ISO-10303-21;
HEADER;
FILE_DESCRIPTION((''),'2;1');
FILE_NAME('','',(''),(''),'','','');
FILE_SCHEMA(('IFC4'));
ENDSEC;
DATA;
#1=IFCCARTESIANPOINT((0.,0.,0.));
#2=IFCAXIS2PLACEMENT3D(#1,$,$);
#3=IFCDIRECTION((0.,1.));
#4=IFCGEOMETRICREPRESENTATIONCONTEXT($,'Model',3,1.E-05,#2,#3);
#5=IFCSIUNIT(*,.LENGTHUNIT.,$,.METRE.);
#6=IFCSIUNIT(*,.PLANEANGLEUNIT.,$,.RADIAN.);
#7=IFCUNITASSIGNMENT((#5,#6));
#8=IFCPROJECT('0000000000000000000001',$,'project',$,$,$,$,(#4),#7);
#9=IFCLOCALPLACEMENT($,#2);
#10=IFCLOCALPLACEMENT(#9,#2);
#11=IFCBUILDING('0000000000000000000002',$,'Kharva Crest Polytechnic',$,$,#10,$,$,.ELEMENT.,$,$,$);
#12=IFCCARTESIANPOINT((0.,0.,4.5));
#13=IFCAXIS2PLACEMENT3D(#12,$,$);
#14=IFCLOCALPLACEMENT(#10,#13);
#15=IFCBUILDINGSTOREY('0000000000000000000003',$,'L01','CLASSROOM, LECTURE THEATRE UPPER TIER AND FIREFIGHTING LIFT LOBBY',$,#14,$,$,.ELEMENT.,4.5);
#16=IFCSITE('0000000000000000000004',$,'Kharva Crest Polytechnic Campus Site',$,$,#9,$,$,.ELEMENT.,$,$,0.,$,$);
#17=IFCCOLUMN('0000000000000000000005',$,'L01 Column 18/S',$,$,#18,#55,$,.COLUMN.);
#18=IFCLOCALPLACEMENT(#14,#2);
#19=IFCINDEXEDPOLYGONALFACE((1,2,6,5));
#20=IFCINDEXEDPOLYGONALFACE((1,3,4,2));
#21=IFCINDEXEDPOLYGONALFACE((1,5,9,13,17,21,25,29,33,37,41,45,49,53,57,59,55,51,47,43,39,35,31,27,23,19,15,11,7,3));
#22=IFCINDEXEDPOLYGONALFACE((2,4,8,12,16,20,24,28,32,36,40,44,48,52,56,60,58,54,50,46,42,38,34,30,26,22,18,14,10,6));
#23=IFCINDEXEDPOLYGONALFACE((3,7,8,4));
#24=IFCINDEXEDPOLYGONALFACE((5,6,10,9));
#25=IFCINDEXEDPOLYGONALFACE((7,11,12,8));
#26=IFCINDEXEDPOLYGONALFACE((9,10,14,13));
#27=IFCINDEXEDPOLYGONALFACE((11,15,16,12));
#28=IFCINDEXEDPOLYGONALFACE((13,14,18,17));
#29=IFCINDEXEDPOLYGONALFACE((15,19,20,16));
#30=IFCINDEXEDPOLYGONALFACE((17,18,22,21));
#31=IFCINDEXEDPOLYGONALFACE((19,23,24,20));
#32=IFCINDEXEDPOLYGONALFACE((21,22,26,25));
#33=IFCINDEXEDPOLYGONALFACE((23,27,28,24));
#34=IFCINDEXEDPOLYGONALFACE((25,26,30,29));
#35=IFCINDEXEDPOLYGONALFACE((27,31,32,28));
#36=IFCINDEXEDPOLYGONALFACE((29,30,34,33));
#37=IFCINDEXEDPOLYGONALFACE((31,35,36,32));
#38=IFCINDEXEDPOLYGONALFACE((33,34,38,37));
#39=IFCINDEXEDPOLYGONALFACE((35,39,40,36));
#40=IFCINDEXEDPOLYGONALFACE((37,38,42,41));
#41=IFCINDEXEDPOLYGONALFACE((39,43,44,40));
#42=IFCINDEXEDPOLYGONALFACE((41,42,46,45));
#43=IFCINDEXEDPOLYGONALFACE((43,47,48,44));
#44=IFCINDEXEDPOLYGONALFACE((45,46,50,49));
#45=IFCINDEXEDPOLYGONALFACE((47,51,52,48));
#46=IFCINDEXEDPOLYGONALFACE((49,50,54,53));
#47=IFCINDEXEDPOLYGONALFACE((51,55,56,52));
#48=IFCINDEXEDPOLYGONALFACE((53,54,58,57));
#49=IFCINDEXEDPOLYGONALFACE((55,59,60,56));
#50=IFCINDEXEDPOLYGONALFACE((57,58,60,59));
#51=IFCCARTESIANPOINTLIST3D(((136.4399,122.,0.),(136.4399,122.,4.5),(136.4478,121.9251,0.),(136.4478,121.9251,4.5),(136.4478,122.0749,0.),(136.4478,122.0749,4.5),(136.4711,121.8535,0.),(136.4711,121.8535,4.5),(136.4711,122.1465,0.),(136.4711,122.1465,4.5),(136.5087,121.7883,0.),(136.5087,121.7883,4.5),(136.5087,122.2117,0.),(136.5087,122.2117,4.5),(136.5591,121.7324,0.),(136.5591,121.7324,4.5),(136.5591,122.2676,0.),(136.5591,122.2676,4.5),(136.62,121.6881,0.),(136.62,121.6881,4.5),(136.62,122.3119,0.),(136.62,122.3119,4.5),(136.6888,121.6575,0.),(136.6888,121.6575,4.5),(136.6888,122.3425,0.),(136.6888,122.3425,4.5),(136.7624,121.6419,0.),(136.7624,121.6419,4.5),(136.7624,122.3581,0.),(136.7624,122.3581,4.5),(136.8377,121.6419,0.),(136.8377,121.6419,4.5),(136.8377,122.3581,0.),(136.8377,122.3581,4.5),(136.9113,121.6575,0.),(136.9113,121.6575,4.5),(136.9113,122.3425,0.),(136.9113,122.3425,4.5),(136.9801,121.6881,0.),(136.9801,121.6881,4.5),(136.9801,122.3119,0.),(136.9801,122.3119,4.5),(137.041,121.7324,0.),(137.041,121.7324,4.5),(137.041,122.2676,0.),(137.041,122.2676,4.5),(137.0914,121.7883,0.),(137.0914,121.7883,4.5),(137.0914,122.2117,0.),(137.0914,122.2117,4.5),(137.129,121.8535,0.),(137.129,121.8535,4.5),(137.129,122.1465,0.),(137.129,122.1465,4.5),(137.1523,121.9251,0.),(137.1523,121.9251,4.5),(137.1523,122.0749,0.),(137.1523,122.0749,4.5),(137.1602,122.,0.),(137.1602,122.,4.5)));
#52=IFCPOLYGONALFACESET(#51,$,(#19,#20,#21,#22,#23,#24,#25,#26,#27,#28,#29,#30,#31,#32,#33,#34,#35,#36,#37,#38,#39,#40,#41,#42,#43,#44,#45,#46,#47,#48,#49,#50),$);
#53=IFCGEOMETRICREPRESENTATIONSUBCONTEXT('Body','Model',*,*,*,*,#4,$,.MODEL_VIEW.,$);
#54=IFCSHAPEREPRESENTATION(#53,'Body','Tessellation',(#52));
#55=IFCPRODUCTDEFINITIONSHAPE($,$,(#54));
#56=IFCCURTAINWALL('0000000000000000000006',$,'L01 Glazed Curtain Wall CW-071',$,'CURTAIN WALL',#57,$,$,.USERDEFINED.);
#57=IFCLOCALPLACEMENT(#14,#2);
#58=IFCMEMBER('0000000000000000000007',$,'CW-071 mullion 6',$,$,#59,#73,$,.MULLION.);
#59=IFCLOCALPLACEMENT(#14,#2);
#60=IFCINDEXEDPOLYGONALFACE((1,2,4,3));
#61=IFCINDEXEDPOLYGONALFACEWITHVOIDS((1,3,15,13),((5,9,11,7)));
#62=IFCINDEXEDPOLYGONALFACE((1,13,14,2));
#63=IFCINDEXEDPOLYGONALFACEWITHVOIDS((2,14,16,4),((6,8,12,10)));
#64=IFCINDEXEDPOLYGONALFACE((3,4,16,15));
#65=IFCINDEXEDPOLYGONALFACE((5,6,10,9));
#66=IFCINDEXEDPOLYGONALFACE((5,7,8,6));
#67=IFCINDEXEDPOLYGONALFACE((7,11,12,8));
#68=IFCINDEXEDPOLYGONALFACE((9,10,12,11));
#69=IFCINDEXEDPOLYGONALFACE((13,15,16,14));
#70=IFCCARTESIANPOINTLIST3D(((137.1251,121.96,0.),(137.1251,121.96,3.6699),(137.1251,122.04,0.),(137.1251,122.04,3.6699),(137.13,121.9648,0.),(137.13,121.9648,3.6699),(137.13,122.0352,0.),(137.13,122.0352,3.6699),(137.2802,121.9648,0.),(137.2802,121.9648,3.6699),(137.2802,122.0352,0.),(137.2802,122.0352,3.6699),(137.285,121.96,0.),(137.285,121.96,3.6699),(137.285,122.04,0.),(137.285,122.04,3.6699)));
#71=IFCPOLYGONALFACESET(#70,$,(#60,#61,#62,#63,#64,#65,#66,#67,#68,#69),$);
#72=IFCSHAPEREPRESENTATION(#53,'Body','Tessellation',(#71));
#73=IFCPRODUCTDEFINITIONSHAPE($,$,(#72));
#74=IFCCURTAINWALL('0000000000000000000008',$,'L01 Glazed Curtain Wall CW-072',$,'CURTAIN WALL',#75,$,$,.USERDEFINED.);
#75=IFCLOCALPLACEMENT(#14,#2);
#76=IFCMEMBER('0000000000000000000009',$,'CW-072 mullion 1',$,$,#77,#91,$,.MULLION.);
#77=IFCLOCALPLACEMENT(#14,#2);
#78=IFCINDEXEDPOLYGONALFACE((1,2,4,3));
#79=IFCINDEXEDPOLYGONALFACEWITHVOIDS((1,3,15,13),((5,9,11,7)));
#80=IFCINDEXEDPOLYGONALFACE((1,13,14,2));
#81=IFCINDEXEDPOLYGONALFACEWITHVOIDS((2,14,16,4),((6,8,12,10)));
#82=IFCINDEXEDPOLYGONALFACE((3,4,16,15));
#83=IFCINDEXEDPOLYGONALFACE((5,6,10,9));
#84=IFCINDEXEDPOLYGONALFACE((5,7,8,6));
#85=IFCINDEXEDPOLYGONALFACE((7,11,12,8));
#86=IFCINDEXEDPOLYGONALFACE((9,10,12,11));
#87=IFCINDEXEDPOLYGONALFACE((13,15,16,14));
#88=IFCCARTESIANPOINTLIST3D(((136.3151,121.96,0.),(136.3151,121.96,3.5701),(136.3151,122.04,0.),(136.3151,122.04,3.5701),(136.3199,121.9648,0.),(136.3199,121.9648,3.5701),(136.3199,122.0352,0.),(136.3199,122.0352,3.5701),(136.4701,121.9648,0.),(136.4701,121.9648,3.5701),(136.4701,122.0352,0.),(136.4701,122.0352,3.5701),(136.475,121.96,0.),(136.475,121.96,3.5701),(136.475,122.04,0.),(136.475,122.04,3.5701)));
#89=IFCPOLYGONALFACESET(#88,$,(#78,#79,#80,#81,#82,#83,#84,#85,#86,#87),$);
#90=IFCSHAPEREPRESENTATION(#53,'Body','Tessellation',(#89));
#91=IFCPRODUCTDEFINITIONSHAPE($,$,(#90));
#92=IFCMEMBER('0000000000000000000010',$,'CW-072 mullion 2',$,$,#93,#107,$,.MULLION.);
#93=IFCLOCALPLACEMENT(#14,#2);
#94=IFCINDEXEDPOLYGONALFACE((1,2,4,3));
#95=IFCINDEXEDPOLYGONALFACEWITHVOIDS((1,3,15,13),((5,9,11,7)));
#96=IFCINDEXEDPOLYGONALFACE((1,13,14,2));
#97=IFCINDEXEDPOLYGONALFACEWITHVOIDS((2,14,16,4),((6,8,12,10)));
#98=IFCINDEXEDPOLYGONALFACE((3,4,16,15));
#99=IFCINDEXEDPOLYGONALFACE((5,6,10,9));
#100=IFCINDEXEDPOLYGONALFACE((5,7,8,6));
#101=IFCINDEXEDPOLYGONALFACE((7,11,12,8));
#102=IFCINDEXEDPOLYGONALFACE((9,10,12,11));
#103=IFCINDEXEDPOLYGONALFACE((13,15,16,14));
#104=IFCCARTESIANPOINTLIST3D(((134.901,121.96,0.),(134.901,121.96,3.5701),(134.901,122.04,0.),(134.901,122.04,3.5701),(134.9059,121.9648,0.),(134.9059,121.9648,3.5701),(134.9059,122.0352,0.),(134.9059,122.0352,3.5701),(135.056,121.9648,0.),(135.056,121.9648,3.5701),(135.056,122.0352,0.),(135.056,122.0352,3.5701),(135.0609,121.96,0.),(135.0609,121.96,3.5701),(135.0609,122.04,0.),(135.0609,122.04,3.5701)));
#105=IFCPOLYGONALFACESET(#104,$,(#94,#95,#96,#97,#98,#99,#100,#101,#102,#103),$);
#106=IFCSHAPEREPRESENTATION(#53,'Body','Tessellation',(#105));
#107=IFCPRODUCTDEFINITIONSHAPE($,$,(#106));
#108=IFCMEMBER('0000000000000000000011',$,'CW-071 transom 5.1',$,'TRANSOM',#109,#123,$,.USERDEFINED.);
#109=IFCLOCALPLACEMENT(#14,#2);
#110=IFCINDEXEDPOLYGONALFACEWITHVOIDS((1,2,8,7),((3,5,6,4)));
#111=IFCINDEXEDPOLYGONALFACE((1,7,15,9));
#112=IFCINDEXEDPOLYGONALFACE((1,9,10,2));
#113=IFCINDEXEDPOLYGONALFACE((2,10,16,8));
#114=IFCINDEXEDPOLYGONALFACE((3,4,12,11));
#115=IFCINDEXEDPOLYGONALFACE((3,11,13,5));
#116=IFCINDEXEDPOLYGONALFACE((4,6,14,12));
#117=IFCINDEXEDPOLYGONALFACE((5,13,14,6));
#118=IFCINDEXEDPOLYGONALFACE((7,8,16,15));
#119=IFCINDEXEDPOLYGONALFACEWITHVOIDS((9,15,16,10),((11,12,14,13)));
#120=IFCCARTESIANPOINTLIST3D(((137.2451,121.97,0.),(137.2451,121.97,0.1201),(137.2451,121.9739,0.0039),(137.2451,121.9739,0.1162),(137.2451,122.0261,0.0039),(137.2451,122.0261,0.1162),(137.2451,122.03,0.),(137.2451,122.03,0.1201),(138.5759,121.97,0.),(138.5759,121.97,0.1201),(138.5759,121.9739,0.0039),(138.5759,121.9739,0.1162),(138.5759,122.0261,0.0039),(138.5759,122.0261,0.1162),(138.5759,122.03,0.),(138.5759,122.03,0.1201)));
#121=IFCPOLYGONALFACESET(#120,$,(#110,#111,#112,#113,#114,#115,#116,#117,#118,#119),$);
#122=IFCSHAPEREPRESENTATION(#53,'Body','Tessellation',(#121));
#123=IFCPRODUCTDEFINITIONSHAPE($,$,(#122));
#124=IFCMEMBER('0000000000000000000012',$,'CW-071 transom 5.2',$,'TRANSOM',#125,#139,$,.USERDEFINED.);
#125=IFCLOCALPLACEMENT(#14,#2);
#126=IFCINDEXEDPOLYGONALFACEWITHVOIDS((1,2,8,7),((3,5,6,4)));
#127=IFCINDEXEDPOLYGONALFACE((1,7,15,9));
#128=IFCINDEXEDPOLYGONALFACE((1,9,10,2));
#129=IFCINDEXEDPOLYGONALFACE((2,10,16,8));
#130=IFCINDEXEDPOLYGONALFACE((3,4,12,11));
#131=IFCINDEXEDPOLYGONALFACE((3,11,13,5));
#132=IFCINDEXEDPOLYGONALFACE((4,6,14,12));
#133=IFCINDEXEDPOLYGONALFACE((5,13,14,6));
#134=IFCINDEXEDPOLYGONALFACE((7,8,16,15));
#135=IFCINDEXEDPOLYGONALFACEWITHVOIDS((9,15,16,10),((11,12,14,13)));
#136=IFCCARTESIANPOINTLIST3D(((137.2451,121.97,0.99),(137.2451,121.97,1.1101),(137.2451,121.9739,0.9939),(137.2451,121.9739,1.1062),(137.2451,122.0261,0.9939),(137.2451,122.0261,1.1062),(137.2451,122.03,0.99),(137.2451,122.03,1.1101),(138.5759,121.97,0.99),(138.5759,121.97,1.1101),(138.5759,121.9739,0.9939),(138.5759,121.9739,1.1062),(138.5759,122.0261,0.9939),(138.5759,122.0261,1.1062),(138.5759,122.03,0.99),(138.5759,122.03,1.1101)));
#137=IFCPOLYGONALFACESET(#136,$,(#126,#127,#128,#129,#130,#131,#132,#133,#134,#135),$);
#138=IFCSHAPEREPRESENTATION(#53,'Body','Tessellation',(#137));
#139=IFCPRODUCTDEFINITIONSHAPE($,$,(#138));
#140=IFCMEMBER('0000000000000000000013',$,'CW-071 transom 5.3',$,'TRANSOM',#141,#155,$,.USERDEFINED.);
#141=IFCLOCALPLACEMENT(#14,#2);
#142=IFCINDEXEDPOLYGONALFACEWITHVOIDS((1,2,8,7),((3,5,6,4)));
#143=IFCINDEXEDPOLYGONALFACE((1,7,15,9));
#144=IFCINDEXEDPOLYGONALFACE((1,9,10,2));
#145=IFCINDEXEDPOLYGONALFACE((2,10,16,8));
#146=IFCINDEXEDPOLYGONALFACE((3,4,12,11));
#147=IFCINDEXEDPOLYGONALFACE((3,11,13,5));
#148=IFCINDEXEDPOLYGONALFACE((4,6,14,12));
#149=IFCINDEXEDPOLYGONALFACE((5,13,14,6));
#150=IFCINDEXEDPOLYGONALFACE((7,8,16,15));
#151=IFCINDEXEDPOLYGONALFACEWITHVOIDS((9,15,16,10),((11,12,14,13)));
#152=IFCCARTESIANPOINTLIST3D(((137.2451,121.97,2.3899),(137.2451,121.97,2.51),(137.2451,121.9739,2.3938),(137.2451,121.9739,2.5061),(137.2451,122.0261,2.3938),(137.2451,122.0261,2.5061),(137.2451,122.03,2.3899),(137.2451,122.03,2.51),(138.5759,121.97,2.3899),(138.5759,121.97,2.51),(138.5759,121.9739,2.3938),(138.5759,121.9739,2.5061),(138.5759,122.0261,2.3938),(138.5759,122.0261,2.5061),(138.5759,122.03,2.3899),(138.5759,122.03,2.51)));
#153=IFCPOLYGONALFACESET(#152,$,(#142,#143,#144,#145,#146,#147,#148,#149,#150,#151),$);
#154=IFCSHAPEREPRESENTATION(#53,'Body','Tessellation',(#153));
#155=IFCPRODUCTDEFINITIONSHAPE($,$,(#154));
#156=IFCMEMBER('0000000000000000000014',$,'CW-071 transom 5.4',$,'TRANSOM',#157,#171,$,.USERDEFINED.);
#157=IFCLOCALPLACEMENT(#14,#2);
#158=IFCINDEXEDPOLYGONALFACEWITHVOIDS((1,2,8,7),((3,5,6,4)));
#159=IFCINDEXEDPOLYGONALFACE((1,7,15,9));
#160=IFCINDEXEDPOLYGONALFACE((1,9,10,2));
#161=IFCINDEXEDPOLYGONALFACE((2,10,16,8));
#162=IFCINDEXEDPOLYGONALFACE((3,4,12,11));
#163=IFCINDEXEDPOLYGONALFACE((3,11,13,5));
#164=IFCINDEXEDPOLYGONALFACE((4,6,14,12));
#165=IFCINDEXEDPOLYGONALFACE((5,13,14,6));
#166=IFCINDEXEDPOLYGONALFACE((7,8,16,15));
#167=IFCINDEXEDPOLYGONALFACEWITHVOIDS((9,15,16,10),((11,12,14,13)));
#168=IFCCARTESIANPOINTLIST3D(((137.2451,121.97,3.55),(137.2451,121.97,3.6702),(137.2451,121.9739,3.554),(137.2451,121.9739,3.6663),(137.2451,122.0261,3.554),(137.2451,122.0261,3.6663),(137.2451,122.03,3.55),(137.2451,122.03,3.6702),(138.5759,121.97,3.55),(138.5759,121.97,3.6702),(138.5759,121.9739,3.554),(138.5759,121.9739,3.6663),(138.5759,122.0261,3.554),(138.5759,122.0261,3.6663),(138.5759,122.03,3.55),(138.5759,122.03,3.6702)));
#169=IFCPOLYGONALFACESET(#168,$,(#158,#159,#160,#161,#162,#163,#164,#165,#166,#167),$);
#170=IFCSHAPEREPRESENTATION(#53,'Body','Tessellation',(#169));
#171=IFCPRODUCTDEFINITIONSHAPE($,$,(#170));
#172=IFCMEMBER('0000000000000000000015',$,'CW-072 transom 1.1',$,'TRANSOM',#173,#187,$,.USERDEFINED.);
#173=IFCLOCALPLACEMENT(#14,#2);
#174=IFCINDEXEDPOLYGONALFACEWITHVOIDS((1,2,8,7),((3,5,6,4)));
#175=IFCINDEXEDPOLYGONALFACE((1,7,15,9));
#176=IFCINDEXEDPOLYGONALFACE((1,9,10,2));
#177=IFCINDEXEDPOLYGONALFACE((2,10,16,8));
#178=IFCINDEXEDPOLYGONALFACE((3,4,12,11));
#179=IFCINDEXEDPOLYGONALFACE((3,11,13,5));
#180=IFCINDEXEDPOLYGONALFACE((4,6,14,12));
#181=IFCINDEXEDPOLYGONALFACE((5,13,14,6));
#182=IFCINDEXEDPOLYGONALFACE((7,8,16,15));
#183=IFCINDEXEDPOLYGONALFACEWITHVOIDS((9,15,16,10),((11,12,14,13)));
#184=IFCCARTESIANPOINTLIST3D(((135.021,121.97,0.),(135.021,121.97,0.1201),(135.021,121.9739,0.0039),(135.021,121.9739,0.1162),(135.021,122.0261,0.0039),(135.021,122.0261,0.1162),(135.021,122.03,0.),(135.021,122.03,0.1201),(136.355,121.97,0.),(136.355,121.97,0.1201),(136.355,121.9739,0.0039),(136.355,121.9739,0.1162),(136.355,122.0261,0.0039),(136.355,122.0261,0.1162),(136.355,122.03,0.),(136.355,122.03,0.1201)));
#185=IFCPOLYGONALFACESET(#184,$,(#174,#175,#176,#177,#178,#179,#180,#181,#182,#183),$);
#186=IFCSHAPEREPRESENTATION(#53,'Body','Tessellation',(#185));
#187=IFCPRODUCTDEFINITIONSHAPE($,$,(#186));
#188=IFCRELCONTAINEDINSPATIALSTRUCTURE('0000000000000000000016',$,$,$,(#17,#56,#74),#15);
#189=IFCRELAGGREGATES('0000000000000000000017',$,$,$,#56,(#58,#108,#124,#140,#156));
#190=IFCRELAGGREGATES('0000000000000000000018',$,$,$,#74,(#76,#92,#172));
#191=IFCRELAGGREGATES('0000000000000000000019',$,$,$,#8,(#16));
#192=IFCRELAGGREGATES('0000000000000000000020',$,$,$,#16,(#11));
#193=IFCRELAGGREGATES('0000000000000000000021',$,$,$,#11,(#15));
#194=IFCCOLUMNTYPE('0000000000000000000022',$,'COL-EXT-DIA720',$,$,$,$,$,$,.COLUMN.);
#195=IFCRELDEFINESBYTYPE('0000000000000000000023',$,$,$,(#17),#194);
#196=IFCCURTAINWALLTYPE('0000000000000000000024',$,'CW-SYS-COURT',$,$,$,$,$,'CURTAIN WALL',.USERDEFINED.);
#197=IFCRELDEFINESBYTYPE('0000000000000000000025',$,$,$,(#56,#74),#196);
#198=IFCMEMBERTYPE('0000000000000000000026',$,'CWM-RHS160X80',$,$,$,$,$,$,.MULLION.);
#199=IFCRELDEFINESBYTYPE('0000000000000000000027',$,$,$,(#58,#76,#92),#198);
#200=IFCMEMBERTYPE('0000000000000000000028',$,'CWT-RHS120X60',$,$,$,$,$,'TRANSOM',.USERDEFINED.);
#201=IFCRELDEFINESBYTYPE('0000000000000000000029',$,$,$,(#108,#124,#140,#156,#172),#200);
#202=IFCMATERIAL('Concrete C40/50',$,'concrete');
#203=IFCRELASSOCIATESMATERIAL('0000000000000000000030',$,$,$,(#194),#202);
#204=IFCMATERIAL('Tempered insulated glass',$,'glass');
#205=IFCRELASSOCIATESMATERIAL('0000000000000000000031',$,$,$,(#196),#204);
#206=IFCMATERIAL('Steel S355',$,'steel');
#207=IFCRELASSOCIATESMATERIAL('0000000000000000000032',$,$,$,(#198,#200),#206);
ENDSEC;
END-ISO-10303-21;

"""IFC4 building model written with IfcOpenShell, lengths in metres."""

from ifc_helpers import new_model, si_unit, direction, frame, origin, origin_2d, place, context, subcontext, project, spatial, hollow_rectangle, circle, extrude, material, material_profile, profile_set, type_object, element, aggregate, save


model = new_model("IFC4")

# Units and contexts
model_context = context("Model", 3, precision=1e-05, world=origin(), true_north=direction((0.0, 1.0)))
body_context = subcontext(model_context, "Body", "Model", "MODEL_VIEW")
ifc_project = project(units=[si_unit("LENGTHUNIT", "METRE"), si_unit("PLANEANGLEUNIT", "RADIAN")], contexts=[model_context])

# Site, building, storey
site_placement = place(None, origin())
site = spatial("IfcSite", under=ifc_project, at=site_placement, Name="Kharva Crest Polytechnic Campus Site", CompositionType="ELEMENT", RefElevation=0.0)
building_placement = place(site_placement, origin())
building = spatial("IfcBuilding", under=site, at=building_placement, Name="Kharva Crest Polytechnic", CompositionType="ELEMENT")
storey_placement = place(building_placement, frame((0.0, 0.0, 4.5)))
storey = spatial("IfcBuildingStorey", under=building, at=storey_placement, Name="L01", Description="CLASSROOM, LECTURE THEATRE UPPER TIER AND FIREFIGHTING LIFT LOBBY", CompositionType="ELEMENT", Elevation=4.5)

# Column
ifc_material_1 = material(Name="Concrete C40/50", Category="concrete")
ifc_material_profile_1 = material_profile(ifc_material_1, circle(Radius=0.3601, at=origin_2d()), Name="DIA 720")
ifc_profile_set_1 = profile_set([ifc_material_profile_1], Name="Concrete C40/50")
column_type = type_object("IfcColumnType", Name="COL-EXT-DIA720", PredefinedType="COLUMN", material=ifc_profile_set_1)
column_placement = place(storey_placement, frame((136.8, 122.0, 0.0), z_axis=(0.0, 0.0, 1.0), x_axis=(1.0, 0.0, 0.0)))
element("IfcColumn", 1, at=column_placement, inside=storey, type_object=column_type, Name="L01 Column 18/S", PredefinedType="COLUMN", context=body_context, shape_type="SweptSolid", body=[
    extrude(circle(Radius=0.3601, at=origin_2d()), origin(), (0.0, 0.0, 1.0), 4.5),
])

# Curtain wall, member
ifc_material_2 = material(Name="Tempered insulated glass", Category="glass")
curtain_wall_type = type_object("IfcCurtainWallType", Name="CW-SYS-COURT", ElementType="CURTAIN WALL", PredefinedType="USERDEFINED", material=ifc_material_2)
curtain_wall_1_placement = place(storey_placement, origin())
curtain_wall_1 = element("IfcCurtainWall", 2, at=curtain_wall_1_placement, inside=storey, type_object=curtain_wall_type, Name="L01 Glazed Curtain Wall CW-071", ObjectType="CURTAIN WALL", PredefinedType="USERDEFINED")
ifc_material_3 = material(Name="Steel S355", Category="steel")
ifc_material_profile_2 = material_profile(ifc_material_3, hollow_rectangle(XDim=0.0801, YDim=0.1599, WallThickness=0.0049, at=origin_2d()), Name="RHS 160X80X5.0")
ifc_profile_set_2 = profile_set([ifc_material_profile_2], Name="Steel S355")
member_type_1 = type_object("IfcMemberType", Name="CWM-RHS160X80", PredefinedType="MULLION", material=ifc_profile_set_2)
member_1_placement = place(storey_placement, frame((137.2051, 122.0, 0.0), z_axis=(0.0, 0.0, 1.0), x_axis=(0.0, -1.0, 0.0)))
member_1 = element("IfcMember", 3, at=member_1_placement, type_object=member_type_1, Name="CW-071 mullion 6", PredefinedType="MULLION", context=body_context, shape_type="SweptSolid", body=[
    extrude(hollow_rectangle(XDim=0.0801, YDim=0.1599, WallThickness=0.0049, at=origin_2d()), origin(), (0.0, 0.0, 1.0), 3.6699),
])

# Curtain wall, members
curtain_wall_2_placement = place(storey_placement, origin())
curtain_wall_2 = element("IfcCurtainWall", 4, at=curtain_wall_2_placement, inside=storey, type_object=curtain_wall_type, Name="L01 Glazed Curtain Wall CW-072", ObjectType="CURTAIN WALL", PredefinedType="USERDEFINED")
member_2_placement = place(storey_placement, frame((136.395, 122.0, 0.0), z_axis=(0.0, 0.0, 1.0), x_axis=(0.0, -1.0, 0.0)))
member_2 = element("IfcMember", 5, at=member_2_placement, type_object=member_type_1, Name="CW-072 mullion 1", PredefinedType="MULLION", context=body_context, shape_type="SweptSolid", body=[
    extrude(hollow_rectangle(XDim=0.0801, YDim=0.1599, WallThickness=0.0049, at=origin_2d()), origin(), (0.0, 0.0, 1.0), 3.5701),
])
member_3_placement = place(storey_placement, frame((134.981, 122.0, 0.0), z_axis=(0.0, 0.0, 1.0), x_axis=(0.0, -1.0, 0.0)))
member_3 = element("IfcMember", 6, at=member_3_placement, type_object=member_type_1, Name="CW-072 mullion 2", PredefinedType="MULLION", context=body_context, shape_type="SweptSolid", body=[
    extrude(hollow_rectangle(XDim=0.0801, YDim=0.1599, WallThickness=0.0049, at=origin_2d()), origin(), (0.0, 0.0, 1.0), 3.5701),
])

# Members
ifc_material_profile_3 = material_profile(ifc_material_3, hollow_rectangle(XDim=0.0601, YDim=0.1201, WallThickness=0.0039, at=origin_2d()), Name="RHS 120X60X4.0")
ifc_profile_set_3 = profile_set([ifc_material_profile_3], Name="Steel S355")
member_type_2 = type_object("IfcMemberType", Name="CWT-RHS120X60", ElementType="TRANSOM", PredefinedType="USERDEFINED", material=ifc_profile_set_3)
member_4_placement = place(storey_placement, frame((138.5759, 122.0, 0.0601), z_axis=(-1.0, 0.0, 0.0), x_axis=(0.0, -1.0, 0.0)))
member_4 = element("IfcMember", 7, at=member_4_placement, type_object=member_type_2, Name="CW-071 transom 5.1", ObjectType="TRANSOM", PredefinedType="USERDEFINED", context=body_context, shape_type="SweptSolid", body=[
    extrude(hollow_rectangle(XDim=0.0601, YDim=0.1201, WallThickness=0.0039, at=origin_2d()), origin(), (0.0, 0.0, 1.0), 1.3308),
])
member_5_placement = place(storey_placement, frame((138.5759, 122.0, 1.05), z_axis=(-1.0, 0.0, 0.0), x_axis=(0.0, -1.0, 0.0)))
member_5 = element("IfcMember", 8, at=member_5_placement, type_object=member_type_2, Name="CW-071 transom 5.2", ObjectType="TRANSOM", PredefinedType="USERDEFINED", context=body_context, shape_type="SweptSolid", body=[
    extrude(hollow_rectangle(XDim=0.0601, YDim=0.1201, WallThickness=0.0039, at=origin_2d()), origin(), (0.0, 0.0, 1.0), 1.3308),
])
member_6_placement = place(storey_placement, frame((138.5759, 122.0, 2.45), z_axis=(-1.0, 0.0, 0.0), x_axis=(0.0, -1.0, 0.0)))
member_6 = element("IfcMember", 9, at=member_6_placement, type_object=member_type_2, Name="CW-071 transom 5.3", ObjectType="TRANSOM", PredefinedType="USERDEFINED", context=body_context, shape_type="SweptSolid", body=[
    extrude(hollow_rectangle(XDim=0.0601, YDim=0.1201, WallThickness=0.0039, at=origin_2d()), origin(), (0.0, 0.0, 1.0), 1.3308),
])
member_7_placement = place(storey_placement, frame((138.5759, 122.0, 3.6101), z_axis=(-1.0, 0.0, 0.0), x_axis=(0.0, -1.0, 0.0)))
member_7 = element("IfcMember", 10, at=member_7_placement, type_object=member_type_2, Name="CW-071 transom 5.4", ObjectType="TRANSOM", PredefinedType="USERDEFINED", context=body_context, shape_type="SweptSolid", body=[
    extrude(hollow_rectangle(XDim=0.0601, YDim=0.1201, WallThickness=0.0039, at=origin_2d()), origin(), (0.0, 0.0, 1.0), 1.3308),
])
member_8_placement = place(storey_placement, frame((136.355, 122.0, 0.0601), z_axis=(-1.0, 0.0, 0.0), x_axis=(0.0, -1.0, 0.0)))
member_8 = element("IfcMember", 11, at=member_8_placement, type_object=member_type_2, Name="CW-072 transom 1.1", ObjectType="TRANSOM", PredefinedType="USERDEFINED", context=body_context, shape_type="SweptSolid", body=[
    extrude(hollow_rectangle(XDim=0.0601, YDim=0.1201, WallThickness=0.0039, at=origin_2d()), origin(), (0.0, 0.0, 1.0), 1.334),
])

aggregate(curtain_wall_1, [member_1, member_4, member_5, member_6, member_7])
aggregate(curtain_wall_2, [member_2, member_3, member_8])

save(model, "model.ifc")
